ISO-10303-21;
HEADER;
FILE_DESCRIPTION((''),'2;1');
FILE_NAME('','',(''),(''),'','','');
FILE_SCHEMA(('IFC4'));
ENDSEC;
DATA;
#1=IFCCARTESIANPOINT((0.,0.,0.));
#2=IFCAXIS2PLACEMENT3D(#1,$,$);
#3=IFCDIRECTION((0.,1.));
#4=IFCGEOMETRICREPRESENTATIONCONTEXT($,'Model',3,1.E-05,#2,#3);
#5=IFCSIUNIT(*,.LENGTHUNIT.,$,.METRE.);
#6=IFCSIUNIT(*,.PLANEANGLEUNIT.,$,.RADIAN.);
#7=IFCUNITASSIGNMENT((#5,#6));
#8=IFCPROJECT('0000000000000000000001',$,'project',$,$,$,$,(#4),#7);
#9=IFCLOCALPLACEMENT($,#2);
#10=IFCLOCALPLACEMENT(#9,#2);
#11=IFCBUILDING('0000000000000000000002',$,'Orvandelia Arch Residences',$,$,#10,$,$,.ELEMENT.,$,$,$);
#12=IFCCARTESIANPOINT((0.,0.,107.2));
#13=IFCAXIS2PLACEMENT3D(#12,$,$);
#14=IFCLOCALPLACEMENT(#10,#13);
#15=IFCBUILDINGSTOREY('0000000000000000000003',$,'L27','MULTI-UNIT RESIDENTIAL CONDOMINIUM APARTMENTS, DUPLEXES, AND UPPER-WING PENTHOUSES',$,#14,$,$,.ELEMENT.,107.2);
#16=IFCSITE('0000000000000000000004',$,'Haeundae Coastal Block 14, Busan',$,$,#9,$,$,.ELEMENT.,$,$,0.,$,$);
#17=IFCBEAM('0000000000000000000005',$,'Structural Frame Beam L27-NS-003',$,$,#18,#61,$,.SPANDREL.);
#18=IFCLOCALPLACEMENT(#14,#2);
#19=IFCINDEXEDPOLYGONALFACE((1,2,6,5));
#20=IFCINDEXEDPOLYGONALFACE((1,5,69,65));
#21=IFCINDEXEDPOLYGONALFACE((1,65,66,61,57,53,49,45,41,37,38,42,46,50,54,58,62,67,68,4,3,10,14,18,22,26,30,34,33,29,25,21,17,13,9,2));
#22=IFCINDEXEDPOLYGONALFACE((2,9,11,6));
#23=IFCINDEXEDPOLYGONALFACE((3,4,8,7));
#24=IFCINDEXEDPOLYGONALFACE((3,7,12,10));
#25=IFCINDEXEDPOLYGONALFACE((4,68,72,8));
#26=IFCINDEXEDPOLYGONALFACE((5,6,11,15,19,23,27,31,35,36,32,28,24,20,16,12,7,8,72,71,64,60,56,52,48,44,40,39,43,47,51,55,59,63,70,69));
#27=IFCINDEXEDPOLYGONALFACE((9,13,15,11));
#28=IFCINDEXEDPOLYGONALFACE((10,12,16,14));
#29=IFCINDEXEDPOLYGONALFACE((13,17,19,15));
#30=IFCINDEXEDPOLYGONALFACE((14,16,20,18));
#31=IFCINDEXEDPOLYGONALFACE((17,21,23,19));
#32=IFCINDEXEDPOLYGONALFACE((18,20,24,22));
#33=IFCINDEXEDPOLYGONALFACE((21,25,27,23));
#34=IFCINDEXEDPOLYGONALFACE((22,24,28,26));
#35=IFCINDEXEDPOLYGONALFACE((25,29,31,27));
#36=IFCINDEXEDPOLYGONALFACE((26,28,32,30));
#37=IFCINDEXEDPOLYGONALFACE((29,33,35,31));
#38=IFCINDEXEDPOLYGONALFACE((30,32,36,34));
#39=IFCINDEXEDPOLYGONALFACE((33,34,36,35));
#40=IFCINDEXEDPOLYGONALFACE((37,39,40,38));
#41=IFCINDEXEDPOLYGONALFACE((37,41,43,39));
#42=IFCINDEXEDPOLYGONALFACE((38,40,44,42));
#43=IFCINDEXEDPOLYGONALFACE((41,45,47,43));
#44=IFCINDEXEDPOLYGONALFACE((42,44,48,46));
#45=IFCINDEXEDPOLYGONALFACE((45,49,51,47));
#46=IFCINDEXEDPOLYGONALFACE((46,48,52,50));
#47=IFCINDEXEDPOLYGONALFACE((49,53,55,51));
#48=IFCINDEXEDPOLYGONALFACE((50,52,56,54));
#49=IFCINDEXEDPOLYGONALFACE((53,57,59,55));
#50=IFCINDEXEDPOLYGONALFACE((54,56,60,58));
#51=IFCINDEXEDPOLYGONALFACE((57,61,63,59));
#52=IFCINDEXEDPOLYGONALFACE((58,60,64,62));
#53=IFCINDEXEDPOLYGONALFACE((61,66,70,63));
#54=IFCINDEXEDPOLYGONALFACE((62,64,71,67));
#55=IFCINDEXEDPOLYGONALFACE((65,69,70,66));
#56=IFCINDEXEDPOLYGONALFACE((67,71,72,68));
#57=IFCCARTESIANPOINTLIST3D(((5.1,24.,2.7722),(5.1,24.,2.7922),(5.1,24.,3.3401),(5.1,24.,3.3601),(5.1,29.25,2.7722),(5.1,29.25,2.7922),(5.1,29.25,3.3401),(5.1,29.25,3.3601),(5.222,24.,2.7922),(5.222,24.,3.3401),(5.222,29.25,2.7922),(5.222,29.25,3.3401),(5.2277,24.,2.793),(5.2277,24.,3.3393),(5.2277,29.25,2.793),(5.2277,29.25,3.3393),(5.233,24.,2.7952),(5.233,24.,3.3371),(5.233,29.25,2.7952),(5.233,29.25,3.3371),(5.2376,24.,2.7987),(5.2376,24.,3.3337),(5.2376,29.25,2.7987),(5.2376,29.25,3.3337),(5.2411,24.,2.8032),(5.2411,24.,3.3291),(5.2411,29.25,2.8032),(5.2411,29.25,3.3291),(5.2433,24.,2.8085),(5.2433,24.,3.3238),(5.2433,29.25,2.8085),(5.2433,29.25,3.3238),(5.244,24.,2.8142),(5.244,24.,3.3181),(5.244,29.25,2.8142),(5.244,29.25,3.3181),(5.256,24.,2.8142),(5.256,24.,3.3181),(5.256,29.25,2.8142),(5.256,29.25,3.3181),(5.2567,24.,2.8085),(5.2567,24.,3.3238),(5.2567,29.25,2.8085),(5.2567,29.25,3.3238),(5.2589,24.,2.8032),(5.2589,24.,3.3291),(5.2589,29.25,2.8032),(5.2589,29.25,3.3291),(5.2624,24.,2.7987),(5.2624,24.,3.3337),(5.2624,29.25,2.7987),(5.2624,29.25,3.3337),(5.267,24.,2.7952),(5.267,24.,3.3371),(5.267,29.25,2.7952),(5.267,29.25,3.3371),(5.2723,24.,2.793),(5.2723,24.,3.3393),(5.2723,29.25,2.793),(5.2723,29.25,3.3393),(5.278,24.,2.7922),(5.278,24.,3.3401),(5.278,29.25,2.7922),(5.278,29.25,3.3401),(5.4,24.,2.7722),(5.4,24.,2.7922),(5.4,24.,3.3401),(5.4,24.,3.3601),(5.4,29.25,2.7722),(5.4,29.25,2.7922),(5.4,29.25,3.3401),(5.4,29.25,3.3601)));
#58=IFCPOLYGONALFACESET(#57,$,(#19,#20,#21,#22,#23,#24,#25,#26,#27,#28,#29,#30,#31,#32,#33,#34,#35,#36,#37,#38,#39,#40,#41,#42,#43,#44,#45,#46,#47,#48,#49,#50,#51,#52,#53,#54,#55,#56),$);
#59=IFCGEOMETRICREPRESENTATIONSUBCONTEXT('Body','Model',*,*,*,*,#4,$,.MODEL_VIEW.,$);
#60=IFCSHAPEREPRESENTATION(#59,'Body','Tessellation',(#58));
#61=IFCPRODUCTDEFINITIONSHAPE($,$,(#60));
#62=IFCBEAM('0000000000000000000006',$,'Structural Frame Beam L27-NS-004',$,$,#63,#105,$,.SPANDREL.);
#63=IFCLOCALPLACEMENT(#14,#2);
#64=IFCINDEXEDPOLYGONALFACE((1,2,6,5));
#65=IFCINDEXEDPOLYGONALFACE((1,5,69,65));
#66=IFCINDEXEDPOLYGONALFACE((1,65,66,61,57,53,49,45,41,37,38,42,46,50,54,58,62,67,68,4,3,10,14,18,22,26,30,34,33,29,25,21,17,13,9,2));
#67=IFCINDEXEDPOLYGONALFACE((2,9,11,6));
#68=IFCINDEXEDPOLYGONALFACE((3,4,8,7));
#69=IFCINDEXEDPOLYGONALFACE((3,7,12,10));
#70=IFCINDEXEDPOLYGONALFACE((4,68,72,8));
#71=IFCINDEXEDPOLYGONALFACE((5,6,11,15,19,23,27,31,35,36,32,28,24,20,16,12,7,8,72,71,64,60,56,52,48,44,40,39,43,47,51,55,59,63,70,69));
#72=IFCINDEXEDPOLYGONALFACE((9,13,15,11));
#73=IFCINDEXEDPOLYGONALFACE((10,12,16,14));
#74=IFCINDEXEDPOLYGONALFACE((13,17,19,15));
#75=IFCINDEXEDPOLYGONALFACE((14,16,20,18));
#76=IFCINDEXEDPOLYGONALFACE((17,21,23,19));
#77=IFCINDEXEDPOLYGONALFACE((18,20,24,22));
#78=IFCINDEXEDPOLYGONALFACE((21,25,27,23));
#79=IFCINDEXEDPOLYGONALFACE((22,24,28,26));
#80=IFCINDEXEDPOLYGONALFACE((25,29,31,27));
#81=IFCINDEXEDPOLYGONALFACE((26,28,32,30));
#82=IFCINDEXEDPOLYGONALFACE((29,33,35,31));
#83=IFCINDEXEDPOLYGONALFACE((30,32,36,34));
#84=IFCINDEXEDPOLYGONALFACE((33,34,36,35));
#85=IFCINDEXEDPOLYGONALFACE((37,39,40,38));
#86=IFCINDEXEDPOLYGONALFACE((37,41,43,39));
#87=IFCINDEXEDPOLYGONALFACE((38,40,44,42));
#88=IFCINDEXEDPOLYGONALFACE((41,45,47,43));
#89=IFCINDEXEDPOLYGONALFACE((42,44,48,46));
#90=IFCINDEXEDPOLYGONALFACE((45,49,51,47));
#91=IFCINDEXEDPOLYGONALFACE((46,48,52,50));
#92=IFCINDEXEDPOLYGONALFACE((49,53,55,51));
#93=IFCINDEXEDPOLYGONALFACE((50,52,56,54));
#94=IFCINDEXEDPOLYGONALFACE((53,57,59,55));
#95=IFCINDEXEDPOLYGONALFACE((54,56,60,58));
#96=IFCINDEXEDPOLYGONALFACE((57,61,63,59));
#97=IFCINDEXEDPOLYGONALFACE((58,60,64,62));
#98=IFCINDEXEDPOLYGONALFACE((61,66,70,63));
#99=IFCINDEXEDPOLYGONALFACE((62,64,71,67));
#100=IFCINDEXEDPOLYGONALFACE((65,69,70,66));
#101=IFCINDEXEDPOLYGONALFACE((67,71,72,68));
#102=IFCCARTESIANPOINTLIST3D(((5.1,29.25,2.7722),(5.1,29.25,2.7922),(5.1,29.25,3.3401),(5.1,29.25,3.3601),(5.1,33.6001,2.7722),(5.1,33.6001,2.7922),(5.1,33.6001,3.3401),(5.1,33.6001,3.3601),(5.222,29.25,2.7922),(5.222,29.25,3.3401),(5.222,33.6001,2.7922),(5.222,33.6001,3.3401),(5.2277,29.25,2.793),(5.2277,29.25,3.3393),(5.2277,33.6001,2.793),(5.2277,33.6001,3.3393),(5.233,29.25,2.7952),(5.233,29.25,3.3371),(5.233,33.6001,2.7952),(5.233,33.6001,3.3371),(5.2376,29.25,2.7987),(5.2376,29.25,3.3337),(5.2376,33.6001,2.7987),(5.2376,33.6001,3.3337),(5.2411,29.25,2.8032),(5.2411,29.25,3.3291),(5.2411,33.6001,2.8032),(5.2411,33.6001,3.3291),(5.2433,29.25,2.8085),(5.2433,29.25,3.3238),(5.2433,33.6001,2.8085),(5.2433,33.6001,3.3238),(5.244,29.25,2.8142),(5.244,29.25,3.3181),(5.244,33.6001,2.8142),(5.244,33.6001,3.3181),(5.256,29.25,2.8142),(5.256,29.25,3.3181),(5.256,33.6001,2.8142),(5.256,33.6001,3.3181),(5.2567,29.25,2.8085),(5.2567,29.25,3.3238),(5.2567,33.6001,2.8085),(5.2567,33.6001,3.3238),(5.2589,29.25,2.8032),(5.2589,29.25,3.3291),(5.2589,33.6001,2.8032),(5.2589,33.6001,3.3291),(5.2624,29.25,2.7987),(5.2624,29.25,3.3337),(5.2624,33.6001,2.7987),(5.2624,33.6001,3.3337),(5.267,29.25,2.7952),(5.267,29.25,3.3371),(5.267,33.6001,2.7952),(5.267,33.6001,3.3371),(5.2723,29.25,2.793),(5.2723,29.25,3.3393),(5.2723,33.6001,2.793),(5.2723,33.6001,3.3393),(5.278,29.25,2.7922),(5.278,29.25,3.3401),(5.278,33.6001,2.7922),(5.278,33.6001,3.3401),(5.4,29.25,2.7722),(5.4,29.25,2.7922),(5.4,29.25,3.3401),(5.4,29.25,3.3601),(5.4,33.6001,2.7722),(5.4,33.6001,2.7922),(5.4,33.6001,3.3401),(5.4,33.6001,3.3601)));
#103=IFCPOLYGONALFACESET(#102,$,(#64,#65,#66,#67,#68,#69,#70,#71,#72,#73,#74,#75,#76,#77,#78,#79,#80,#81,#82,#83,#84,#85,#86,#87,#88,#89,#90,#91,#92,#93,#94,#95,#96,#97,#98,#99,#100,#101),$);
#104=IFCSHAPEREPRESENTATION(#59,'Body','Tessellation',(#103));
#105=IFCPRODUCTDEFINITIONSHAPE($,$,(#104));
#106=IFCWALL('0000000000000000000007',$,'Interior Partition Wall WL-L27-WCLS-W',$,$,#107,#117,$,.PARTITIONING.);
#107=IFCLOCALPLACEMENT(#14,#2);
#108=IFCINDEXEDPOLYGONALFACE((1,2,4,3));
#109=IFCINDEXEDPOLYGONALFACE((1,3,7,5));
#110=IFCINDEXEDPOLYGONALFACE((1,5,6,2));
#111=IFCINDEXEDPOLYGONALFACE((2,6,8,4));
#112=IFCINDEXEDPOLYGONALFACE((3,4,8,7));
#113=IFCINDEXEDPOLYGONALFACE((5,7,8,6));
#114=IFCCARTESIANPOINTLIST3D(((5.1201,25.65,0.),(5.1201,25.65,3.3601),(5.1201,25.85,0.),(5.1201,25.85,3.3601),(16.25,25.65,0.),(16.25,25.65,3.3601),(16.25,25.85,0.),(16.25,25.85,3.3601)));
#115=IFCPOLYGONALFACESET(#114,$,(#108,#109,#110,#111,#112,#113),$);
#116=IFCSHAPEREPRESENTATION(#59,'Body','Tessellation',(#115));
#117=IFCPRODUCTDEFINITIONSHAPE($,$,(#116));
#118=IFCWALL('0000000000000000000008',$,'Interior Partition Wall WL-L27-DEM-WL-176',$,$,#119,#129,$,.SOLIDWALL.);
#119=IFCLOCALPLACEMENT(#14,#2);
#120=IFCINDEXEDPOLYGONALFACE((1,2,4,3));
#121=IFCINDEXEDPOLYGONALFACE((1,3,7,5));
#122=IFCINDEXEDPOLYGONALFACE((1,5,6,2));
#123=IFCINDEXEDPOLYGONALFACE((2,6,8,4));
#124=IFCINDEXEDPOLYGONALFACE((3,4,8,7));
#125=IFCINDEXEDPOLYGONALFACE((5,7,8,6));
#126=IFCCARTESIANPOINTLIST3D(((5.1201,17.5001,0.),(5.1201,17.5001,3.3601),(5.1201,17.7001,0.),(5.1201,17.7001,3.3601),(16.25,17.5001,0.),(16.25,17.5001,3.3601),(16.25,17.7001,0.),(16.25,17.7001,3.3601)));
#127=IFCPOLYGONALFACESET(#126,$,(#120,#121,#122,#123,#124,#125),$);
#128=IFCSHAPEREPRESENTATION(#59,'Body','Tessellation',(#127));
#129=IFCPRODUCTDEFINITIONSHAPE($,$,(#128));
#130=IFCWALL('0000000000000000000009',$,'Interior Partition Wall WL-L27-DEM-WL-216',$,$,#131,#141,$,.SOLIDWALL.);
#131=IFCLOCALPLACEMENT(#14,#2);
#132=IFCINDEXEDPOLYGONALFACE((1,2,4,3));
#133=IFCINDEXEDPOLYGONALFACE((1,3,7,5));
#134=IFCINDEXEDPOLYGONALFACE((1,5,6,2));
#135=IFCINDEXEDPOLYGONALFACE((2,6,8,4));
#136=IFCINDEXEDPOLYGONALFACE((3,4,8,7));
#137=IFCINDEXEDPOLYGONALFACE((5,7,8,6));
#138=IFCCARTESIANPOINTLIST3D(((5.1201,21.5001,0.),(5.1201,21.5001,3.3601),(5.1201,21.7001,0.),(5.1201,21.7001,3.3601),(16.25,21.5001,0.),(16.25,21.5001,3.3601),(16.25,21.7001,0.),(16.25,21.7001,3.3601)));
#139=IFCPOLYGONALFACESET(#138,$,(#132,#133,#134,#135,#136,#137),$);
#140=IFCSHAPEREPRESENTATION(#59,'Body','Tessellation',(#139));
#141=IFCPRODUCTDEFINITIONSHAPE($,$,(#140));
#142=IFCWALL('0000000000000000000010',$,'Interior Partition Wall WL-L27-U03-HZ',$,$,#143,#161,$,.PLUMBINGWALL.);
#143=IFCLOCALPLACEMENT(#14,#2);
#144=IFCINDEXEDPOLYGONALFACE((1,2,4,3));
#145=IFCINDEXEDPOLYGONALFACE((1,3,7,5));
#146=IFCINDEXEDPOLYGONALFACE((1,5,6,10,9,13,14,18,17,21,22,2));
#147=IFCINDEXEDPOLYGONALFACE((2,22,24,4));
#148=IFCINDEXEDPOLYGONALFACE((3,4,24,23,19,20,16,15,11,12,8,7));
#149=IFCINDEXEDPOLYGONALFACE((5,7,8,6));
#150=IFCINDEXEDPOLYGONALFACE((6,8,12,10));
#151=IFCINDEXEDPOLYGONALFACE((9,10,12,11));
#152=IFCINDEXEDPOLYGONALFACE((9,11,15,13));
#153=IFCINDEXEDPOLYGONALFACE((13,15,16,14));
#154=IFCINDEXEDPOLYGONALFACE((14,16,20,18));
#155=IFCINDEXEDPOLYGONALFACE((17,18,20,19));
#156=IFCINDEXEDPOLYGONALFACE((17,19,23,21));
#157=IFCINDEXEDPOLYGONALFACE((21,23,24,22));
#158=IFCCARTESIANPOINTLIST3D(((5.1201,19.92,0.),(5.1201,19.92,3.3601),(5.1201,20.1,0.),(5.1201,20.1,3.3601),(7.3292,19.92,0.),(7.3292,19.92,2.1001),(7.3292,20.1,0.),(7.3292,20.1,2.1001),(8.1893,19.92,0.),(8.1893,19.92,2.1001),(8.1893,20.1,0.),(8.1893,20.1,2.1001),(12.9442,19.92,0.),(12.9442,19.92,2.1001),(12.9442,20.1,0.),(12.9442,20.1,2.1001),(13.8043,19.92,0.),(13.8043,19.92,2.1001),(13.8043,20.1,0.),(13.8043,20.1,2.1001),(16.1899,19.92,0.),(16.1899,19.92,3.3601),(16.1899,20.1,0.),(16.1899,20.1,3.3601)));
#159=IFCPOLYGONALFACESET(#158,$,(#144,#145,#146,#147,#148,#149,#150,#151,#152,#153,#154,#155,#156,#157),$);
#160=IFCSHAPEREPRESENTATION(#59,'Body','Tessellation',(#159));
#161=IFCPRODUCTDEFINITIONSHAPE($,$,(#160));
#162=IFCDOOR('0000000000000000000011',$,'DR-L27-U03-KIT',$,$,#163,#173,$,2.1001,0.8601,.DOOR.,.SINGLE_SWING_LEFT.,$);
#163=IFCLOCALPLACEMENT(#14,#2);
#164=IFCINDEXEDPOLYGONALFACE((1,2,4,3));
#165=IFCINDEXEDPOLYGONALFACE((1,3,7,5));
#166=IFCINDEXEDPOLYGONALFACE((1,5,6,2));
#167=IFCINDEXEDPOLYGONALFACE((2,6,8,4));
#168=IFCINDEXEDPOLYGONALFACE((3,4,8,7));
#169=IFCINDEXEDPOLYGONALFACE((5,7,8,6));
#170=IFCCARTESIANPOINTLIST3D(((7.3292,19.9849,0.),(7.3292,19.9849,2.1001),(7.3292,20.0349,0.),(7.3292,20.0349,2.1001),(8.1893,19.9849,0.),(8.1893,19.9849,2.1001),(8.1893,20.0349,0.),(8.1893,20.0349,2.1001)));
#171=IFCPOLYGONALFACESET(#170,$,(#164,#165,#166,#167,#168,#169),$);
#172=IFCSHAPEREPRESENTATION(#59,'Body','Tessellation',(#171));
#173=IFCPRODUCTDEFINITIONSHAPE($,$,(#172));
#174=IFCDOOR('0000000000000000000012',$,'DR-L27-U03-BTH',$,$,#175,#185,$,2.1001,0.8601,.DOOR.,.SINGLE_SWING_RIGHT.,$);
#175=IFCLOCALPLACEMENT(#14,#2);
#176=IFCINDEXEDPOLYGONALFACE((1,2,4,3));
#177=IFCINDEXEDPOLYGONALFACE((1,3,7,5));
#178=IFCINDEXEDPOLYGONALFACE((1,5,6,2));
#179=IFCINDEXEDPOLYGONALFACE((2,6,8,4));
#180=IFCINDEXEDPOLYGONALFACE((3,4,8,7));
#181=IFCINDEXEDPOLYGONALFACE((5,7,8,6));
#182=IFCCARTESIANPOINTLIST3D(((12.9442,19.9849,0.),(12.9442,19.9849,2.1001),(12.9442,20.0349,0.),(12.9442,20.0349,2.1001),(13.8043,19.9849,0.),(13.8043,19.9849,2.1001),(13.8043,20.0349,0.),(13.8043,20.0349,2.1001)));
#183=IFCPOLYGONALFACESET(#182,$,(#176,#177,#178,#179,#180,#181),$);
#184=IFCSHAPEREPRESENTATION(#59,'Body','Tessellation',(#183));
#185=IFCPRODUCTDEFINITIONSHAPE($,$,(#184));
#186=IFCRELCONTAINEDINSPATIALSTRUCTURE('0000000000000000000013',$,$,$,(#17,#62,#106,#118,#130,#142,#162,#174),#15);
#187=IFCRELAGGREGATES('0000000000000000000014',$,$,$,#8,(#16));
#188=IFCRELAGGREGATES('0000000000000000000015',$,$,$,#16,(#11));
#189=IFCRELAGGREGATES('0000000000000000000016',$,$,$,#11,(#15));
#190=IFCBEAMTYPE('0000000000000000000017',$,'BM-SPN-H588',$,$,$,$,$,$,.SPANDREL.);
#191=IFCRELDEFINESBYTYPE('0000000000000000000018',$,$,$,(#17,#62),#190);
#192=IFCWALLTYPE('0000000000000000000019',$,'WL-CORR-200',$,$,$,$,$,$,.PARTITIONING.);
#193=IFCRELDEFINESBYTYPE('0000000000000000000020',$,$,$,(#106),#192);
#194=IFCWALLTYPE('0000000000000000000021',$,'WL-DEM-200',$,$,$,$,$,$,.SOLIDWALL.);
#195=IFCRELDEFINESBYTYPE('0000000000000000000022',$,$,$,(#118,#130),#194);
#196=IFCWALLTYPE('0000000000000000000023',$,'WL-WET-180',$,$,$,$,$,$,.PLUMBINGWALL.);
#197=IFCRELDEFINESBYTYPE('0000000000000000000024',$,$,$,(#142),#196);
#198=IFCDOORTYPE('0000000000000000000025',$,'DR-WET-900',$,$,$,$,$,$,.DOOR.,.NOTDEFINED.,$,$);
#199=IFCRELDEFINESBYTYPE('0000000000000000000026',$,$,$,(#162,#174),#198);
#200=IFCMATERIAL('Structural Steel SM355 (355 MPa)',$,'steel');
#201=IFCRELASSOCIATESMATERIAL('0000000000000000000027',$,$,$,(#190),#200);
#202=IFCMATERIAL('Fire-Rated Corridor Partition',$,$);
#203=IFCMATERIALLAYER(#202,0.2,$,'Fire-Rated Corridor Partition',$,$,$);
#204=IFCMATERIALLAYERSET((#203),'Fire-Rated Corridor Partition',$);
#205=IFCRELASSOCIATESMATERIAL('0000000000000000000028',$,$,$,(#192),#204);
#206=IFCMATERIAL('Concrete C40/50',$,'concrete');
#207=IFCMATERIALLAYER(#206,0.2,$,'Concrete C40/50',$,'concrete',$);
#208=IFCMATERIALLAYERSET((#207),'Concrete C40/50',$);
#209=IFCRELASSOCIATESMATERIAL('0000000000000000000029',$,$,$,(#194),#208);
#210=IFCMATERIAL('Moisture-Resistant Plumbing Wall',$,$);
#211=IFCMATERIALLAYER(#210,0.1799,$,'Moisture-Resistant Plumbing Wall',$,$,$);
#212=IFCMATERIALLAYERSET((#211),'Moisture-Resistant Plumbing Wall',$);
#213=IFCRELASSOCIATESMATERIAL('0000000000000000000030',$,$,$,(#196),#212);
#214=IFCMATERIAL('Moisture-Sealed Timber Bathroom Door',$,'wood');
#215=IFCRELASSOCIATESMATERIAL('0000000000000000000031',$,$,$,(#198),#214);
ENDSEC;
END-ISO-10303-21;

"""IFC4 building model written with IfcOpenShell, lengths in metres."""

from ifc_helpers import new_model, si_unit, direction, frame, frame_2d, origin, origin_2d, place, context, subcontext, project, spatial, rectangle, i_section, extrude, material, layer, layer_set, material_profile, profile_set, type_object, element, fill, save


model = new_model("IFC4")

# Units and contexts
model_context = context("Model", 3, precision=1e-05, world=origin(), true_north=direction((0.0, 1.0)))
body_context = subcontext(model_context, "Body", "Model", "MODEL_VIEW")
ifc_project = project(units=[si_unit("LENGTHUNIT", "METRE"), si_unit("PLANEANGLEUNIT", "RADIAN")], contexts=[model_context])

# Site, building, storey
site_placement = place(None, origin())
site = spatial("IfcSite", under=ifc_project, at=site_placement, Name="Haeundae Coastal Block 14, Busan", CompositionType="ELEMENT", RefElevation=0.0)
building_placement = place(site_placement, origin())
building = spatial("IfcBuilding", under=site, at=building_placement, Name="Orvandelia Arch Residences", CompositionType="ELEMENT")
storey_placement = place(building_placement, frame((0.0, 0.0, 107.2)))
storey = spatial("IfcBuildingStorey", under=building, at=storey_placement, Name="L27", Description="MULTI-UNIT RESIDENTIAL CONDOMINIUM APARTMENTS, DUPLEXES, AND UPPER-WING PENTHOUSES", CompositionType="ELEMENT", Elevation=107.2)

# Beams
ifc_material_1 = material(Name="Structural Steel SM355 (355 MPa)", Category="steel")
ifc_material_profile_1 = material_profile(ifc_material_1, i_section(OverallWidth=0.3, OverallDepth=0.5879, WebThickness=0.012, FlangeThickness=0.02, FilletRadius=0.022, at=origin_2d()), Name="Structural Steel SM355 (355 MPa)", Category="steel")
ifc_profile_set_1 = profile_set([ifc_material_profile_1], Name="Structural Steel SM355 (355 MPa)")
beam_type_1 = type_object("IfcBeamType", Name="BM-SPN-H588", PredefinedType="SPANDREL", material=ifc_profile_set_1)
beam_1_placement = place(storey_placement, frame((5.25, 24.0, 3.0662), z_axis=(0.0, 1.0, 0.0), x_axis=(-1.0, 0.0, 0.0)))
element("IfcBeam", 1, at=beam_1_placement, inside=storey, type_object=beam_type_1, Name="Structural Frame Beam L27-NS-003", PredefinedType="SPANDREL", context=body_context, shape_type="SweptSolid", body=[
    extrude(i_section(OverallWidth=0.3, OverallDepth=0.5879, WebThickness=0.012, FlangeThickness=0.02, FilletRadius=0.022, at=origin_2d()), origin(), (0.0, 0.0, 1.0), 5.25),
])
beam_2_placement = place(storey_placement, frame((5.25, 29.25, 3.0662), z_axis=(0.0, 1.0, 0.0), x_axis=(-1.0, 0.0, 0.0)))
element("IfcBeam", 2, at=beam_2_placement, inside=storey, type_object=beam_type_1, Name="Structural Frame Beam L27-NS-004", PredefinedType="SPANDREL", context=body_context, shape_type="SweptSolid", body=[
    extrude(i_section(OverallWidth=0.3, OverallDepth=0.5879, WebThickness=0.012, FlangeThickness=0.02, FilletRadius=0.022, at=origin_2d()), origin(), (0.0, 0.0, 1.0), 4.3501),
])

# Walls
ifc_material_2 = material(Name="Fire-Rated Corridor Partition")
ifc_layer_1 = layer(ifc_material_2, 0.2, Name="Fire-Rated Corridor Partition")
ifc_layer_set_1 = layer_set([ifc_layer_1], Name="Fire-Rated Corridor Partition")
wall_type_1 = type_object("IfcWallType", Name="WL-CORR-200", PredefinedType="PARTITIONING", material=ifc_layer_set_1)
wall_1_placement = place(storey_placement, frame((5.1201, 25.75, 0.0), z_axis=(0.0, 0.0, 1.0), x_axis=(1.0, 0.0, 0.0)))
element("IfcWall", 3, at=wall_1_placement, inside=storey, type_object=wall_type_1, Name="Interior Partition Wall WL-L27-WCLS-W", PredefinedType="PARTITIONING", context=body_context, shape_type="SweptSolid", body=[
    extrude(rectangle(XDim=11.1299, YDim=0.2, at=frame_2d((5.5649, 0.0))), origin(), (0.0, 0.0, 1.0), 3.3601),
])
ifc_material_3 = material(Name="Concrete C40/50", Category="concrete")
ifc_layer_2 = layer(ifc_material_3, 0.2, Name="Concrete C40/50", Category="concrete")
ifc_layer_set_2 = layer_set([ifc_layer_2], Name="Concrete C40/50")
wall_type_2 = type_object("IfcWallType", Name="WL-DEM-200", PredefinedType="SOLIDWALL", material=ifc_layer_set_2)
for number, where, z_axis, x_axis, name in (
    (4, (5.1201, 17.6001, 0.0), (0.0, 0.0, 1.0), (1.0, 0.0, 0.0), "Interior Partition Wall WL-L27-DEM-WL-176"),
    (5, (5.1201, 21.6001, 0.0), (0.0, 0.0, 1.0), (1.0, 0.0, 0.0), "Interior Partition Wall WL-L27-DEM-WL-216"),
):
    element("IfcWall", number, at=place(storey_placement, frame(where, z_axis=z_axis, x_axis=x_axis)), inside=storey, type_object=wall_type_2, Name=name, PredefinedType="SOLIDWALL", context=body_context, shape_type="SweptSolid", body=[
        extrude(rectangle(XDim=11.1299, YDim=0.2, at=frame_2d((5.5649, 0.0))), origin(), (0.0, 0.0, 1.0), 3.3601),
    ])

# Wall, openings, doors
ifc_material_4 = material(Name="Moisture-Resistant Plumbing Wall")
ifc_layer_3 = layer(ifc_material_4, 0.1799, Name="Moisture-Resistant Plumbing Wall")
ifc_layer_set_3 = layer_set([ifc_layer_3], Name="Moisture-Resistant Plumbing Wall")
wall_type_3 = type_object("IfcWallType", Name="WL-WET-180", PredefinedType="PLUMBINGWALL", material=ifc_layer_set_3)
wall_2_placement = place(storey_placement, frame((5.1201, 20.01, 0.0), z_axis=(0.0, 0.0, 1.0), x_axis=(1.0, 0.0, 0.0)))
wall_2 = element("IfcWall", 6, at=wall_2_placement, inside=storey, type_object=wall_type_3, Name="Interior Partition Wall WL-L27-U03-HZ", PredefinedType="PLUMBINGWALL", context=body_context, shape_type="SweptSolid", body=[
    extrude(rectangle(XDim=11.0698, YDim=0.1799, at=frame_2d((5.5349, 0.0))), origin(), (0.0, 0.0, 1.0), 3.3601),
])
opening_1_placement = place(wall_2_placement, frame((2.209, 0.0, 0.0)))
opening_1 = element("IfcOpeningElement", 7, at=opening_1_placement, cuts=wall_2, PredefinedType="OPENING", context=body_context, shape_type="SweptSolid", body=[
    extrude(rectangle(XDim=0.8601, YDim=2.1001, at=frame_2d((0.4302, 1.05))), frame((0.0, 0.1001, 0.0), z_axis=(0.0, -1.0, 0.0), x_axis=(1.0, 0.0, 0.0)), (0.0, 0.0, 1.0), 0.2),
])
opening_2_placement = place(wall_2_placement, frame((7.824, 0.0, 0.0)))
opening_2 = element("IfcOpeningElement", 8, at=opening_2_placement, cuts=wall_2, PredefinedType="OPENING", context=body_context, shape_type="SweptSolid", body=[
    extrude(rectangle(XDim=0.8601, YDim=2.1001, at=frame_2d((0.4302, 1.05))), frame((0.0, 0.1001, 0.0), z_axis=(0.0, -1.0, 0.0), x_axis=(1.0, 0.0, 0.0)), (0.0, 0.0, 1.0), 0.2),
])
ifc_material_5 = material(Name="Moisture-Sealed Timber Bathroom Door", Category="wood")
door_type = type_object("IfcDoorType", Name="DR-WET-900", OperationType="NOTDEFINED", PredefinedType="DOOR", material=ifc_material_5)
door_1_placement = place(opening_1_placement, origin())
door_1 = element("IfcDoor", 9, at=door_1_placement, inside=storey, type_object=door_type, Name="DR-L27-U03-KIT", OperationType="SINGLE_SWING_LEFT", OverallHeight=2.1001, OverallWidth=0.8601, PredefinedType="DOOR", context=body_context, shape_type="SweptSolid", body=[
    extrude(rectangle(XDim=0.8601, YDim=2.1001, at=frame_2d((0.4302, 1.05))), frame((0.0, 0.0249, 0.0), z_axis=(0.0, -1.0, 0.0), x_axis=(1.0, 0.0, 0.0)), (0.0, 0.0, 1.0), 0.05),
])
fill(opening_1, door_1)
door_2_placement = place(opening_2_placement, origin())
door_2 = element("IfcDoor", 10, at=door_2_placement, inside=storey, type_object=door_type, Name="DR-L27-U03-BTH", OperationType="SINGLE_SWING_RIGHT", OverallHeight=2.1001, OverallWidth=0.8601, PredefinedType="DOOR", context=body_context, shape_type="SweptSolid", body=[
    extrude(rectangle(XDim=0.8601, YDim=2.1001, at=frame_2d((0.4302, 1.05))), frame((0.0, 0.0249, 0.0), z_axis=(0.0, -1.0, 0.0), x_axis=(1.0, 0.0, 0.0)), (0.0, 0.0, 1.0), 0.05),
])
fill(opening_2, door_2)

save(model, "model.ifc")
